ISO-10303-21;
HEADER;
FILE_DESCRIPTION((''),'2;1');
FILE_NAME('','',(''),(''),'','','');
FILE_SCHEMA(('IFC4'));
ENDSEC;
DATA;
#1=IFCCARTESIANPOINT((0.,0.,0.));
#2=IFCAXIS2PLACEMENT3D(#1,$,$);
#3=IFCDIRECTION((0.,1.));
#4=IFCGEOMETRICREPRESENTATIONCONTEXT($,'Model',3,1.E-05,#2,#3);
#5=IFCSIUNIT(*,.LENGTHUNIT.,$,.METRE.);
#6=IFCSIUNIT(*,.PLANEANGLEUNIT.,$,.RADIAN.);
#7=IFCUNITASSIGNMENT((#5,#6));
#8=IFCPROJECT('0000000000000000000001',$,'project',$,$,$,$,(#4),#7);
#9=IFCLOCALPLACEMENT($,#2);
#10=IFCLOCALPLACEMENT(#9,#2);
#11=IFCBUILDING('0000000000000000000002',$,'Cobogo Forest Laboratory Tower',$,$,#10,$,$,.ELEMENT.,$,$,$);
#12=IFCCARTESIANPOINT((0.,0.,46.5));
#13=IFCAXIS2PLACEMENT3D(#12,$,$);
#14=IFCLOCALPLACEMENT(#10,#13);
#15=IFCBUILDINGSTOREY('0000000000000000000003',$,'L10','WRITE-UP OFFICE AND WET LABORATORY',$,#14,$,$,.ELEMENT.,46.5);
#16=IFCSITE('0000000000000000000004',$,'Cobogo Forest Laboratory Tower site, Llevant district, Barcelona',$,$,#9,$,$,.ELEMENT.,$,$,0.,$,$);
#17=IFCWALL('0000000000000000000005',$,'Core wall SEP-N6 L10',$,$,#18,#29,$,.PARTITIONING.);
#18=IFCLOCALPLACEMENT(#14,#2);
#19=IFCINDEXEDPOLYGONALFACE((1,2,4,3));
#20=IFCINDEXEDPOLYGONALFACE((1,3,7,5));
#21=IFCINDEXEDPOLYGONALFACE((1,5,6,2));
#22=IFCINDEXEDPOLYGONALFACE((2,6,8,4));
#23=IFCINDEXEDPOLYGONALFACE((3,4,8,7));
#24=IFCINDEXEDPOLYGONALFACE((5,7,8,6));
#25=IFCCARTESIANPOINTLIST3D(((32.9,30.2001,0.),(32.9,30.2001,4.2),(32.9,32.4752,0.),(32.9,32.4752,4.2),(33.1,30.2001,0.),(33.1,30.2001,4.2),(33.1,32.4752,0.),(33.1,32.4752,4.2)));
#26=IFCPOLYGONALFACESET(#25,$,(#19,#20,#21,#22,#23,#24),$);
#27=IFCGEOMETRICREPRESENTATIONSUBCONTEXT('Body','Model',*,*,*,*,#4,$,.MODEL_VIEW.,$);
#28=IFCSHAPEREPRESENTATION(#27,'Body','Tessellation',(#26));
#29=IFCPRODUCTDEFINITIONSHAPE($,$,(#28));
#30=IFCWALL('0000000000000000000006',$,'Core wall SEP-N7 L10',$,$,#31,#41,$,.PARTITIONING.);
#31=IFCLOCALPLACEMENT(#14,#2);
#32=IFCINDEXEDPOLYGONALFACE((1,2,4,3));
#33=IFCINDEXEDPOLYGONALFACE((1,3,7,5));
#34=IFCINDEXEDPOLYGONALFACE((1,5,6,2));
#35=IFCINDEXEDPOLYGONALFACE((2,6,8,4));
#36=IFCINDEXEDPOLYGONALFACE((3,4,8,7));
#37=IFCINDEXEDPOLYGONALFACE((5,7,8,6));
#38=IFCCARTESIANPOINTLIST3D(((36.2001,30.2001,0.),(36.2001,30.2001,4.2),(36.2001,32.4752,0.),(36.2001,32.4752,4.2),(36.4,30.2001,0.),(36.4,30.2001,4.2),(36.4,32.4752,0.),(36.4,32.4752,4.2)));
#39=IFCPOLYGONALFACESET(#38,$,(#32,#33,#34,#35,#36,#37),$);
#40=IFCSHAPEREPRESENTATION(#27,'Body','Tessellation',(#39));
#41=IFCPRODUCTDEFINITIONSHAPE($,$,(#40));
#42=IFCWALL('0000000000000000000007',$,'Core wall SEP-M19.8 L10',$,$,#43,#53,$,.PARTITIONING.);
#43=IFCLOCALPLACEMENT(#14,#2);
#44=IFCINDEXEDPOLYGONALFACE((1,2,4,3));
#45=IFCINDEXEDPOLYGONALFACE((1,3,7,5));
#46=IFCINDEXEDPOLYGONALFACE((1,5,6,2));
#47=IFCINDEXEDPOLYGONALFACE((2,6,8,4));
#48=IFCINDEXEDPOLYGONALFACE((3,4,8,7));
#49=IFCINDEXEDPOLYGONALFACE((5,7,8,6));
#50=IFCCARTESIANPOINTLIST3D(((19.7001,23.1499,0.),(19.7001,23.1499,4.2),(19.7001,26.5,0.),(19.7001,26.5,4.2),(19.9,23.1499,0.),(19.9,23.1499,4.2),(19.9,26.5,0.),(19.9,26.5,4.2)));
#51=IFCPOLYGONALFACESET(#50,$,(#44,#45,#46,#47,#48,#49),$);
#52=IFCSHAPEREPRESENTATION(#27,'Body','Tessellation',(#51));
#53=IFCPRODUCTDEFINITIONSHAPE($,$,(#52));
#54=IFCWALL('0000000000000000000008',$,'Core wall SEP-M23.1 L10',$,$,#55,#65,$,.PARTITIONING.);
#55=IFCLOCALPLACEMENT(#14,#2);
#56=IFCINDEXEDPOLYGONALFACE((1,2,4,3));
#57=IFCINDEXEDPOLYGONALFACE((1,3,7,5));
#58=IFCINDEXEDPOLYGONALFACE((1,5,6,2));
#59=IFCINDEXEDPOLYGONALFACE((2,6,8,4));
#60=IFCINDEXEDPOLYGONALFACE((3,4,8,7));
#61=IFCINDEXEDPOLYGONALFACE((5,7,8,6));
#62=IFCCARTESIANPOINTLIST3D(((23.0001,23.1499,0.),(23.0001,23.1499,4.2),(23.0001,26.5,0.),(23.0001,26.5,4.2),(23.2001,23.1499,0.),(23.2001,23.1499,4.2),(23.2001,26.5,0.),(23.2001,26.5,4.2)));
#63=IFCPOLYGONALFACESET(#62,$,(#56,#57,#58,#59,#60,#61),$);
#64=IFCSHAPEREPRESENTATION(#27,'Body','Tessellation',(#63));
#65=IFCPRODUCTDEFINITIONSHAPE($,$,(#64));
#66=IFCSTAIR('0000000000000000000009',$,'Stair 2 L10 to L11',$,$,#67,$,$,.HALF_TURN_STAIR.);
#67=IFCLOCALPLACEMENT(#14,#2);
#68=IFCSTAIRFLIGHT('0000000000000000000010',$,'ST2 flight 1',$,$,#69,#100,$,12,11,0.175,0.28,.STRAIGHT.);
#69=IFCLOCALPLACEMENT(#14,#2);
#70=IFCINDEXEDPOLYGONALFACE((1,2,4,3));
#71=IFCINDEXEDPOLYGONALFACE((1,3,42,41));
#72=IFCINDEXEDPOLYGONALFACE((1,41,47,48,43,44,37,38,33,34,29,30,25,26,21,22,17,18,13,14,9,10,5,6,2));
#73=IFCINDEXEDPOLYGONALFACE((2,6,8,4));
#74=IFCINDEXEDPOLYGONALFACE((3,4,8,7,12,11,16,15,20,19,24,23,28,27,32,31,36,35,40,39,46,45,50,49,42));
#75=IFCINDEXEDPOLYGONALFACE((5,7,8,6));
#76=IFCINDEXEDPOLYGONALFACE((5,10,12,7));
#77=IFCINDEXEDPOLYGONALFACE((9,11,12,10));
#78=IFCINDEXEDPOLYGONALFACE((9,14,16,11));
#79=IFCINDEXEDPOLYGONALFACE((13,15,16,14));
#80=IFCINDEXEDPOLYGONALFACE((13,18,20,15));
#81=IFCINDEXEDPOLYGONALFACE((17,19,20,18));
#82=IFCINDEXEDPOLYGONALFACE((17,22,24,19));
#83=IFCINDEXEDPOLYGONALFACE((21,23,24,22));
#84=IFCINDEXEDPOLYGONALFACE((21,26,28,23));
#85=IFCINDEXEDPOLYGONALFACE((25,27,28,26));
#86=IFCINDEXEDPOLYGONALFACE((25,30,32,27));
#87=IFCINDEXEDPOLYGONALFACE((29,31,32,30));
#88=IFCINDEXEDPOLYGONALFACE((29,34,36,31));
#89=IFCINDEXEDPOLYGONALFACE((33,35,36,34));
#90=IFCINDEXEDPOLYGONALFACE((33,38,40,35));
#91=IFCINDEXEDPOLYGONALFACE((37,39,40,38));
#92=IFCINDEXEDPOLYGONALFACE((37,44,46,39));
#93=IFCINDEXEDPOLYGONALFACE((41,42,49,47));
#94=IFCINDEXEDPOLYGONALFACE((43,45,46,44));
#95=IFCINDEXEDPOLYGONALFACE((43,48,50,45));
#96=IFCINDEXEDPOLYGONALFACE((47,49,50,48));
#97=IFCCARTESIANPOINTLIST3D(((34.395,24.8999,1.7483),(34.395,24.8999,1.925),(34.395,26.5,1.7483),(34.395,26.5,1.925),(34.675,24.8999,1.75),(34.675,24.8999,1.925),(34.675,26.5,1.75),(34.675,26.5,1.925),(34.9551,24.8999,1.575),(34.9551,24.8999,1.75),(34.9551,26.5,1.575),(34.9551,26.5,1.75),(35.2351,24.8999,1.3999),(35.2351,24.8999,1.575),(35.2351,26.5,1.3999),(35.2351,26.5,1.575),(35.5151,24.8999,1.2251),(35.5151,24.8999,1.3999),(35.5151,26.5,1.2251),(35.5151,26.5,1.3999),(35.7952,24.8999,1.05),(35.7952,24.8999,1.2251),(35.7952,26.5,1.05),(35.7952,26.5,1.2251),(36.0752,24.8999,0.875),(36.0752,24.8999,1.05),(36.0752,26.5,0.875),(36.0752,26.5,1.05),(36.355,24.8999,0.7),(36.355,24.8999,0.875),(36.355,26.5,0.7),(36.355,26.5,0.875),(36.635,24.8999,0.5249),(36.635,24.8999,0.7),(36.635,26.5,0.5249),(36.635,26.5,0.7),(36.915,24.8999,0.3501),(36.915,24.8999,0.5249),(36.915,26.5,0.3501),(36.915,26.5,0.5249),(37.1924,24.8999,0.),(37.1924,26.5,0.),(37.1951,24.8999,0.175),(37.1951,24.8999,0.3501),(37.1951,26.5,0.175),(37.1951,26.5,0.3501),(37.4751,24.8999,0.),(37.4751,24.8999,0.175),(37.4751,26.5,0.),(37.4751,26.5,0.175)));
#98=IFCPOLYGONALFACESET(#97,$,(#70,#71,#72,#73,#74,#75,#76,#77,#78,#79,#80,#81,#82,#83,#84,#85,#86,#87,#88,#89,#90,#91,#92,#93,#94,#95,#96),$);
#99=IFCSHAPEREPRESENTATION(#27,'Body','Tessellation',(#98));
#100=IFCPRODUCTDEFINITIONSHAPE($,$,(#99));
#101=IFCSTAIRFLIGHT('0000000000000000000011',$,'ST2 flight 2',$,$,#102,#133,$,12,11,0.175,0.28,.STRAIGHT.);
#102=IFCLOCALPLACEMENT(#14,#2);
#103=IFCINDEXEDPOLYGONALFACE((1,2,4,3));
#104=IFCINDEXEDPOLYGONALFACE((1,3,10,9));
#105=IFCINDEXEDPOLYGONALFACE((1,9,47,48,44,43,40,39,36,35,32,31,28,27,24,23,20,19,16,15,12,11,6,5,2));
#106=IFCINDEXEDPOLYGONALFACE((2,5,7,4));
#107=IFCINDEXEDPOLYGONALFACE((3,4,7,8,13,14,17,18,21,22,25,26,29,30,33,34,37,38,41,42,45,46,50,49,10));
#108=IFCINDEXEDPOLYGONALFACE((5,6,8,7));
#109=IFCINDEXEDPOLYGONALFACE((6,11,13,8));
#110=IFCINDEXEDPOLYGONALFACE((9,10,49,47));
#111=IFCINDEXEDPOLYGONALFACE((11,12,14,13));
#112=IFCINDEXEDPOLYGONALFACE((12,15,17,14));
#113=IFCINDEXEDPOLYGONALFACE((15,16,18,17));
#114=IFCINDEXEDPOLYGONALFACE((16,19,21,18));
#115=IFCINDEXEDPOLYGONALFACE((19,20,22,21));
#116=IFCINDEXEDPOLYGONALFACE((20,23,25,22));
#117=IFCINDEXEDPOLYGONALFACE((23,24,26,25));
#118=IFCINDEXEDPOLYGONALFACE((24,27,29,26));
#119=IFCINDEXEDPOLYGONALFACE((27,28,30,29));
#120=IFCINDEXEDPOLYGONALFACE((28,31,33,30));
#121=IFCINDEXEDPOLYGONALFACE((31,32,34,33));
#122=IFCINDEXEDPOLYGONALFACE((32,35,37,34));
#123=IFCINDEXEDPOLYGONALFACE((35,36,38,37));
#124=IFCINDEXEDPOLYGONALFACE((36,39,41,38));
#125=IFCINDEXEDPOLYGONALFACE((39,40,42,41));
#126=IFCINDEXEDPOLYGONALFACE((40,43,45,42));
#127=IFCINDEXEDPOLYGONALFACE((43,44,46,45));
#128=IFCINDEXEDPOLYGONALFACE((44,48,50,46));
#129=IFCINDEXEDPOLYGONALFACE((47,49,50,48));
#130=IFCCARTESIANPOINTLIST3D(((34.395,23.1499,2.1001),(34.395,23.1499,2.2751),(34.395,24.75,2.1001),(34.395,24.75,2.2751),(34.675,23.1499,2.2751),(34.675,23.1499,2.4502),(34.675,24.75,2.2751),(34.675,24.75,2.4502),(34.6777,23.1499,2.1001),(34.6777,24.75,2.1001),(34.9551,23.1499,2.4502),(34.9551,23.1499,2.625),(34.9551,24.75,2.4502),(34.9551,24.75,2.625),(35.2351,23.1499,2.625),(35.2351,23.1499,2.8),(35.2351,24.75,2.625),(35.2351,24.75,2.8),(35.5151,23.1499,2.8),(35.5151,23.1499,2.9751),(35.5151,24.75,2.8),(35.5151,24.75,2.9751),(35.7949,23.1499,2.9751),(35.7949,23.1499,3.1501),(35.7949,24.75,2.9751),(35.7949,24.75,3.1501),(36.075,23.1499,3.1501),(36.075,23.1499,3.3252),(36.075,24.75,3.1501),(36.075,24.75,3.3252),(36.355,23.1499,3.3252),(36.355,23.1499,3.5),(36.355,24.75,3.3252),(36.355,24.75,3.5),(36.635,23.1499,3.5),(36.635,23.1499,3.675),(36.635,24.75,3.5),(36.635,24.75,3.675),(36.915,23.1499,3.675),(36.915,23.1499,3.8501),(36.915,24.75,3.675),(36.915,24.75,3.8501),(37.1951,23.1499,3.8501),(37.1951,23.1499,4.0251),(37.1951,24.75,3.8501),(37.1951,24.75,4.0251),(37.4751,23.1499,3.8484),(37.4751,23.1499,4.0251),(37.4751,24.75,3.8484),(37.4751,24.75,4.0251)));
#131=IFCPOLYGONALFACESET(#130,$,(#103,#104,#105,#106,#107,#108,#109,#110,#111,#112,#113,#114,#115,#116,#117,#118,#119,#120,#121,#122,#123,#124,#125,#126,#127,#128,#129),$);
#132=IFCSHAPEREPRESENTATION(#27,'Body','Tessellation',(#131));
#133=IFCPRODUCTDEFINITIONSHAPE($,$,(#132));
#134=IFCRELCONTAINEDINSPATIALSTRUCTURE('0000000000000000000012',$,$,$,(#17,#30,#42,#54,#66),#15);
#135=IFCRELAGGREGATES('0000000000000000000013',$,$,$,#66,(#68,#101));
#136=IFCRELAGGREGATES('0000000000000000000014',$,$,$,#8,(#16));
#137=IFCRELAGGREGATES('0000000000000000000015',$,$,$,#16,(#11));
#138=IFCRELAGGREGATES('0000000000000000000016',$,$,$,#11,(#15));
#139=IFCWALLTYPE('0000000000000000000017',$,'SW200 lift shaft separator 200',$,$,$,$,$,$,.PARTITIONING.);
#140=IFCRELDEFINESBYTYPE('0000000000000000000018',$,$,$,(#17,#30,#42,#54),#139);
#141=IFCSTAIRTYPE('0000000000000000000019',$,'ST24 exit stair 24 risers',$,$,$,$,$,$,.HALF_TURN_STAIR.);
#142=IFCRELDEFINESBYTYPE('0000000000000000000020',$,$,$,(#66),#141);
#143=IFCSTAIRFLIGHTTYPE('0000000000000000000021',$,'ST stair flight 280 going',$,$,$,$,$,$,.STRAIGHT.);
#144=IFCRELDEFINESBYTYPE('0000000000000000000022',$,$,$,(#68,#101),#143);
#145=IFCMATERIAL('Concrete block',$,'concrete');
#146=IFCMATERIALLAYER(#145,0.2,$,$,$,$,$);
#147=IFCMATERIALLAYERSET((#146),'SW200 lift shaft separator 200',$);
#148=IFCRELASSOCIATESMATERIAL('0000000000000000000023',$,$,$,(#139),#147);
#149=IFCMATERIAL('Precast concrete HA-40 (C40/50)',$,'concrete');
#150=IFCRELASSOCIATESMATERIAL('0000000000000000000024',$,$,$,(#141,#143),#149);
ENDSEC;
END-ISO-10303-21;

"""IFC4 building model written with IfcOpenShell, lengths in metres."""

from ifc_helpers import new_model, si_unit, direction, frame, frame_2d, origin, place, context, subcontext, project, spatial, polyline, rectangle, outline, extrude, material, layer, layer_set, type_object, element, aggregate, save


model = new_model("IFC4")

# Units and contexts
model_context = context("Model", 3, precision=1e-05, world=origin(), true_north=direction((0.0, 1.0)))
body_context = subcontext(model_context, "Body", "Model", "MODEL_VIEW")
ifc_project = project(units=[si_unit("LENGTHUNIT", "METRE"), si_unit("PLANEANGLEUNIT", "RADIAN")], contexts=[model_context])

# Site, building, storey
site_placement = place(None, origin())
site = spatial("IfcSite", under=ifc_project, at=site_placement, Name="Cobogo Forest Laboratory Tower site, Llevant district, Barcelona", CompositionType="ELEMENT", RefElevation=0.0)
building_placement = place(site_placement, origin())
building = spatial("IfcBuilding", under=site, at=building_placement, Name="Cobogo Forest Laboratory Tower", CompositionType="ELEMENT")
storey_placement = place(building_placement, frame((0.0, 0.0, 46.5)))
storey = spatial("IfcBuildingStorey", under=building, at=storey_placement, Name="L10", Description="WRITE-UP OFFICE AND WET LABORATORY", CompositionType="ELEMENT", Elevation=46.5)

# Walls
ifc_material_1 = material(Name="Concrete block", Category="concrete")
ifc_layer_1 = layer(ifc_material_1, 0.2)
ifc_layer_set_1 = layer_set([ifc_layer_1], Name="SW200 lift shaft separator 200")
wall_type_1 = type_object("IfcWallType", Name="SW200 lift shaft separator 200", PredefinedType="PARTITIONING", material=ifc_layer_set_1)
for number, where, z_axis, x_axis, name in (
    (1, (33.0, 30.2, 0.0), (0.0, 0.0, 1.0), (0.0, 1.0, 0.0), "Core wall SEP-N6 L10"),
    (2, (36.3, 30.2, 0.0), (0.0, 0.0, 1.0), (0.0, 1.0, 0.0), "Core wall SEP-N7 L10"),
):
    element("IfcWall", number, at=place(storey_placement, frame(where, z_axis=z_axis, x_axis=x_axis)), inside=storey, type_object=wall_type_1, Name=name, PredefinedType="PARTITIONING", context=body_context, shape_type="SweptSolid", body=[
        extrude(rectangle(XDim=2.2751, YDim=0.2, at=frame_2d((1.1377, 0.0))), origin(), (0.0, 0.0, 1.0), 4.2),
    ])
for number, where, z_axis, x_axis, name in (
    (3, (19.8, 23.1499, 0.0), (0.0, 0.0, 1.0), (0.0, 1.0, 0.0), "Core wall SEP-M19.8 L10"),
    (4, (23.1001, 23.1499, 0.0), (0.0, 0.0, 1.0), (0.0, 1.0, 0.0), "Core wall SEP-M23.1 L10"),
):
    element("IfcWall", number, at=place(storey_placement, frame(where, z_axis=z_axis, x_axis=x_axis)), inside=storey, type_object=wall_type_1, Name=name, PredefinedType="PARTITIONING", context=body_context, shape_type="SweptSolid", body=[
        extrude(rectangle(XDim=3.3501, YDim=0.2, at=frame_2d((1.675, 0.0))), origin(), (0.0, 0.0, 1.0), 4.2),
    ])

# Stair, stair flights
ifc_material_2 = material(Name="Precast concrete HA-40 (C40/50)", Category="concrete")
stair_type = type_object("IfcStairType", Name="ST24 exit stair 24 risers", PredefinedType="HALF_TURN_STAIR", material=ifc_material_2)
stair_placement = place(storey_placement, origin())
stair = element("IfcStair", 5, at=stair_placement, inside=storey, type_object=stair_type, Name="Stair 2 L10 to L11", PredefinedType="HALF_TURN_STAIR")
stair_flight_type = type_object("IfcStairFlightType", Name="ST stair flight 280 going", PredefinedType="STRAIGHT", material=ifc_material_2)
stair_flight_1_placement = place(storey_placement, frame((37.4751, 25.7, 0.0), z_axis=(0.0, 0.0, 1.0), x_axis=(-1.0, 0.0, 0.0)))
stair_flight_1 = element("IfcStairFlight", 6, at=stair_flight_1_placement, type_object=stair_flight_type, Name="ST2 flight 1", NumberOfRisers=12, NumberOfTreads=11, PredefinedType="STRAIGHT", RiserHeight=0.175, TreadLength=0.28, context=body_context, shape_type="SweptSolid", body=[
    extrude(outline(polyline([(0.0, 0.0), (0.0, 0.175), (0.28, 0.175), (0.28, 0.3501), (0.5601, 0.3501), (0.5601, 0.5249), (0.8401, 0.5249), (0.8401, 0.7), (1.1201, 0.7), (1.1201, 0.875), (1.3999, 0.875), (1.3999, 1.05), (1.6799, 1.05), (1.6799, 1.2251), (1.96, 1.2251), (1.96, 1.3999), (2.24, 1.3999), (2.24, 1.575), (2.52, 1.575), (2.52, 1.75), (2.8, 1.75), (2.8, 1.925), (3.0801, 1.925), (3.0801, 2.1001), (3.0801, 1.7483), (0.2827, 0.0), (0.0, 0.0)])), frame((0.0, 0.8, 0.0), z_axis=(0.0, -1.0, 0.0), x_axis=(1.0, 0.0, 0.0)), (0.0, 0.0, 1.0), 1.6001),
])
stair_flight_2_placement = place(storey_placement, frame((34.395, 23.95, 2.1001), z_axis=(0.0, 0.0, 1.0), x_axis=(1.0, 0.0, 0.0)))
stair_flight_2 = element("IfcStairFlight", 7, at=stair_flight_2_placement, type_object=stair_flight_type, Name="ST2 flight 2", NumberOfRisers=12, NumberOfTreads=11, PredefinedType="STRAIGHT", RiserHeight=0.175, TreadLength=0.28, context=body_context, shape_type="SweptSolid", body=[
    extrude(outline(polyline([(0.0, 0.0), (0.0, 0.175), (0.28, 0.175), (0.28, 0.3501), (0.5601, 0.3501), (0.5601, 0.5249), (0.8401, 0.5249), (0.8401, 0.7), (1.1201, 0.7), (1.1201, 0.875), (1.3999, 0.875), (1.3999, 1.05), (1.6799, 1.05), (1.6799, 1.2251), (1.96, 1.2251), (1.96, 1.3999), (2.24, 1.3999), (2.24, 1.575), (2.52, 1.575), (2.52, 1.75), (2.8, 1.75), (2.8, 1.925), (3.0801, 1.925), (3.0801, 2.1001), (3.0801, 1.7483), (0.2827, 0.0), (0.0, 0.0)])), frame((0.0, 0.8, 0.0), z_axis=(0.0, -1.0, 0.0), x_axis=(1.0, 0.0, 0.0)), (0.0, 0.0, 1.0), 1.6001),
])
aggregate(stair, [stair_flight_1, stair_flight_2])

save(model, "model.ifc")
